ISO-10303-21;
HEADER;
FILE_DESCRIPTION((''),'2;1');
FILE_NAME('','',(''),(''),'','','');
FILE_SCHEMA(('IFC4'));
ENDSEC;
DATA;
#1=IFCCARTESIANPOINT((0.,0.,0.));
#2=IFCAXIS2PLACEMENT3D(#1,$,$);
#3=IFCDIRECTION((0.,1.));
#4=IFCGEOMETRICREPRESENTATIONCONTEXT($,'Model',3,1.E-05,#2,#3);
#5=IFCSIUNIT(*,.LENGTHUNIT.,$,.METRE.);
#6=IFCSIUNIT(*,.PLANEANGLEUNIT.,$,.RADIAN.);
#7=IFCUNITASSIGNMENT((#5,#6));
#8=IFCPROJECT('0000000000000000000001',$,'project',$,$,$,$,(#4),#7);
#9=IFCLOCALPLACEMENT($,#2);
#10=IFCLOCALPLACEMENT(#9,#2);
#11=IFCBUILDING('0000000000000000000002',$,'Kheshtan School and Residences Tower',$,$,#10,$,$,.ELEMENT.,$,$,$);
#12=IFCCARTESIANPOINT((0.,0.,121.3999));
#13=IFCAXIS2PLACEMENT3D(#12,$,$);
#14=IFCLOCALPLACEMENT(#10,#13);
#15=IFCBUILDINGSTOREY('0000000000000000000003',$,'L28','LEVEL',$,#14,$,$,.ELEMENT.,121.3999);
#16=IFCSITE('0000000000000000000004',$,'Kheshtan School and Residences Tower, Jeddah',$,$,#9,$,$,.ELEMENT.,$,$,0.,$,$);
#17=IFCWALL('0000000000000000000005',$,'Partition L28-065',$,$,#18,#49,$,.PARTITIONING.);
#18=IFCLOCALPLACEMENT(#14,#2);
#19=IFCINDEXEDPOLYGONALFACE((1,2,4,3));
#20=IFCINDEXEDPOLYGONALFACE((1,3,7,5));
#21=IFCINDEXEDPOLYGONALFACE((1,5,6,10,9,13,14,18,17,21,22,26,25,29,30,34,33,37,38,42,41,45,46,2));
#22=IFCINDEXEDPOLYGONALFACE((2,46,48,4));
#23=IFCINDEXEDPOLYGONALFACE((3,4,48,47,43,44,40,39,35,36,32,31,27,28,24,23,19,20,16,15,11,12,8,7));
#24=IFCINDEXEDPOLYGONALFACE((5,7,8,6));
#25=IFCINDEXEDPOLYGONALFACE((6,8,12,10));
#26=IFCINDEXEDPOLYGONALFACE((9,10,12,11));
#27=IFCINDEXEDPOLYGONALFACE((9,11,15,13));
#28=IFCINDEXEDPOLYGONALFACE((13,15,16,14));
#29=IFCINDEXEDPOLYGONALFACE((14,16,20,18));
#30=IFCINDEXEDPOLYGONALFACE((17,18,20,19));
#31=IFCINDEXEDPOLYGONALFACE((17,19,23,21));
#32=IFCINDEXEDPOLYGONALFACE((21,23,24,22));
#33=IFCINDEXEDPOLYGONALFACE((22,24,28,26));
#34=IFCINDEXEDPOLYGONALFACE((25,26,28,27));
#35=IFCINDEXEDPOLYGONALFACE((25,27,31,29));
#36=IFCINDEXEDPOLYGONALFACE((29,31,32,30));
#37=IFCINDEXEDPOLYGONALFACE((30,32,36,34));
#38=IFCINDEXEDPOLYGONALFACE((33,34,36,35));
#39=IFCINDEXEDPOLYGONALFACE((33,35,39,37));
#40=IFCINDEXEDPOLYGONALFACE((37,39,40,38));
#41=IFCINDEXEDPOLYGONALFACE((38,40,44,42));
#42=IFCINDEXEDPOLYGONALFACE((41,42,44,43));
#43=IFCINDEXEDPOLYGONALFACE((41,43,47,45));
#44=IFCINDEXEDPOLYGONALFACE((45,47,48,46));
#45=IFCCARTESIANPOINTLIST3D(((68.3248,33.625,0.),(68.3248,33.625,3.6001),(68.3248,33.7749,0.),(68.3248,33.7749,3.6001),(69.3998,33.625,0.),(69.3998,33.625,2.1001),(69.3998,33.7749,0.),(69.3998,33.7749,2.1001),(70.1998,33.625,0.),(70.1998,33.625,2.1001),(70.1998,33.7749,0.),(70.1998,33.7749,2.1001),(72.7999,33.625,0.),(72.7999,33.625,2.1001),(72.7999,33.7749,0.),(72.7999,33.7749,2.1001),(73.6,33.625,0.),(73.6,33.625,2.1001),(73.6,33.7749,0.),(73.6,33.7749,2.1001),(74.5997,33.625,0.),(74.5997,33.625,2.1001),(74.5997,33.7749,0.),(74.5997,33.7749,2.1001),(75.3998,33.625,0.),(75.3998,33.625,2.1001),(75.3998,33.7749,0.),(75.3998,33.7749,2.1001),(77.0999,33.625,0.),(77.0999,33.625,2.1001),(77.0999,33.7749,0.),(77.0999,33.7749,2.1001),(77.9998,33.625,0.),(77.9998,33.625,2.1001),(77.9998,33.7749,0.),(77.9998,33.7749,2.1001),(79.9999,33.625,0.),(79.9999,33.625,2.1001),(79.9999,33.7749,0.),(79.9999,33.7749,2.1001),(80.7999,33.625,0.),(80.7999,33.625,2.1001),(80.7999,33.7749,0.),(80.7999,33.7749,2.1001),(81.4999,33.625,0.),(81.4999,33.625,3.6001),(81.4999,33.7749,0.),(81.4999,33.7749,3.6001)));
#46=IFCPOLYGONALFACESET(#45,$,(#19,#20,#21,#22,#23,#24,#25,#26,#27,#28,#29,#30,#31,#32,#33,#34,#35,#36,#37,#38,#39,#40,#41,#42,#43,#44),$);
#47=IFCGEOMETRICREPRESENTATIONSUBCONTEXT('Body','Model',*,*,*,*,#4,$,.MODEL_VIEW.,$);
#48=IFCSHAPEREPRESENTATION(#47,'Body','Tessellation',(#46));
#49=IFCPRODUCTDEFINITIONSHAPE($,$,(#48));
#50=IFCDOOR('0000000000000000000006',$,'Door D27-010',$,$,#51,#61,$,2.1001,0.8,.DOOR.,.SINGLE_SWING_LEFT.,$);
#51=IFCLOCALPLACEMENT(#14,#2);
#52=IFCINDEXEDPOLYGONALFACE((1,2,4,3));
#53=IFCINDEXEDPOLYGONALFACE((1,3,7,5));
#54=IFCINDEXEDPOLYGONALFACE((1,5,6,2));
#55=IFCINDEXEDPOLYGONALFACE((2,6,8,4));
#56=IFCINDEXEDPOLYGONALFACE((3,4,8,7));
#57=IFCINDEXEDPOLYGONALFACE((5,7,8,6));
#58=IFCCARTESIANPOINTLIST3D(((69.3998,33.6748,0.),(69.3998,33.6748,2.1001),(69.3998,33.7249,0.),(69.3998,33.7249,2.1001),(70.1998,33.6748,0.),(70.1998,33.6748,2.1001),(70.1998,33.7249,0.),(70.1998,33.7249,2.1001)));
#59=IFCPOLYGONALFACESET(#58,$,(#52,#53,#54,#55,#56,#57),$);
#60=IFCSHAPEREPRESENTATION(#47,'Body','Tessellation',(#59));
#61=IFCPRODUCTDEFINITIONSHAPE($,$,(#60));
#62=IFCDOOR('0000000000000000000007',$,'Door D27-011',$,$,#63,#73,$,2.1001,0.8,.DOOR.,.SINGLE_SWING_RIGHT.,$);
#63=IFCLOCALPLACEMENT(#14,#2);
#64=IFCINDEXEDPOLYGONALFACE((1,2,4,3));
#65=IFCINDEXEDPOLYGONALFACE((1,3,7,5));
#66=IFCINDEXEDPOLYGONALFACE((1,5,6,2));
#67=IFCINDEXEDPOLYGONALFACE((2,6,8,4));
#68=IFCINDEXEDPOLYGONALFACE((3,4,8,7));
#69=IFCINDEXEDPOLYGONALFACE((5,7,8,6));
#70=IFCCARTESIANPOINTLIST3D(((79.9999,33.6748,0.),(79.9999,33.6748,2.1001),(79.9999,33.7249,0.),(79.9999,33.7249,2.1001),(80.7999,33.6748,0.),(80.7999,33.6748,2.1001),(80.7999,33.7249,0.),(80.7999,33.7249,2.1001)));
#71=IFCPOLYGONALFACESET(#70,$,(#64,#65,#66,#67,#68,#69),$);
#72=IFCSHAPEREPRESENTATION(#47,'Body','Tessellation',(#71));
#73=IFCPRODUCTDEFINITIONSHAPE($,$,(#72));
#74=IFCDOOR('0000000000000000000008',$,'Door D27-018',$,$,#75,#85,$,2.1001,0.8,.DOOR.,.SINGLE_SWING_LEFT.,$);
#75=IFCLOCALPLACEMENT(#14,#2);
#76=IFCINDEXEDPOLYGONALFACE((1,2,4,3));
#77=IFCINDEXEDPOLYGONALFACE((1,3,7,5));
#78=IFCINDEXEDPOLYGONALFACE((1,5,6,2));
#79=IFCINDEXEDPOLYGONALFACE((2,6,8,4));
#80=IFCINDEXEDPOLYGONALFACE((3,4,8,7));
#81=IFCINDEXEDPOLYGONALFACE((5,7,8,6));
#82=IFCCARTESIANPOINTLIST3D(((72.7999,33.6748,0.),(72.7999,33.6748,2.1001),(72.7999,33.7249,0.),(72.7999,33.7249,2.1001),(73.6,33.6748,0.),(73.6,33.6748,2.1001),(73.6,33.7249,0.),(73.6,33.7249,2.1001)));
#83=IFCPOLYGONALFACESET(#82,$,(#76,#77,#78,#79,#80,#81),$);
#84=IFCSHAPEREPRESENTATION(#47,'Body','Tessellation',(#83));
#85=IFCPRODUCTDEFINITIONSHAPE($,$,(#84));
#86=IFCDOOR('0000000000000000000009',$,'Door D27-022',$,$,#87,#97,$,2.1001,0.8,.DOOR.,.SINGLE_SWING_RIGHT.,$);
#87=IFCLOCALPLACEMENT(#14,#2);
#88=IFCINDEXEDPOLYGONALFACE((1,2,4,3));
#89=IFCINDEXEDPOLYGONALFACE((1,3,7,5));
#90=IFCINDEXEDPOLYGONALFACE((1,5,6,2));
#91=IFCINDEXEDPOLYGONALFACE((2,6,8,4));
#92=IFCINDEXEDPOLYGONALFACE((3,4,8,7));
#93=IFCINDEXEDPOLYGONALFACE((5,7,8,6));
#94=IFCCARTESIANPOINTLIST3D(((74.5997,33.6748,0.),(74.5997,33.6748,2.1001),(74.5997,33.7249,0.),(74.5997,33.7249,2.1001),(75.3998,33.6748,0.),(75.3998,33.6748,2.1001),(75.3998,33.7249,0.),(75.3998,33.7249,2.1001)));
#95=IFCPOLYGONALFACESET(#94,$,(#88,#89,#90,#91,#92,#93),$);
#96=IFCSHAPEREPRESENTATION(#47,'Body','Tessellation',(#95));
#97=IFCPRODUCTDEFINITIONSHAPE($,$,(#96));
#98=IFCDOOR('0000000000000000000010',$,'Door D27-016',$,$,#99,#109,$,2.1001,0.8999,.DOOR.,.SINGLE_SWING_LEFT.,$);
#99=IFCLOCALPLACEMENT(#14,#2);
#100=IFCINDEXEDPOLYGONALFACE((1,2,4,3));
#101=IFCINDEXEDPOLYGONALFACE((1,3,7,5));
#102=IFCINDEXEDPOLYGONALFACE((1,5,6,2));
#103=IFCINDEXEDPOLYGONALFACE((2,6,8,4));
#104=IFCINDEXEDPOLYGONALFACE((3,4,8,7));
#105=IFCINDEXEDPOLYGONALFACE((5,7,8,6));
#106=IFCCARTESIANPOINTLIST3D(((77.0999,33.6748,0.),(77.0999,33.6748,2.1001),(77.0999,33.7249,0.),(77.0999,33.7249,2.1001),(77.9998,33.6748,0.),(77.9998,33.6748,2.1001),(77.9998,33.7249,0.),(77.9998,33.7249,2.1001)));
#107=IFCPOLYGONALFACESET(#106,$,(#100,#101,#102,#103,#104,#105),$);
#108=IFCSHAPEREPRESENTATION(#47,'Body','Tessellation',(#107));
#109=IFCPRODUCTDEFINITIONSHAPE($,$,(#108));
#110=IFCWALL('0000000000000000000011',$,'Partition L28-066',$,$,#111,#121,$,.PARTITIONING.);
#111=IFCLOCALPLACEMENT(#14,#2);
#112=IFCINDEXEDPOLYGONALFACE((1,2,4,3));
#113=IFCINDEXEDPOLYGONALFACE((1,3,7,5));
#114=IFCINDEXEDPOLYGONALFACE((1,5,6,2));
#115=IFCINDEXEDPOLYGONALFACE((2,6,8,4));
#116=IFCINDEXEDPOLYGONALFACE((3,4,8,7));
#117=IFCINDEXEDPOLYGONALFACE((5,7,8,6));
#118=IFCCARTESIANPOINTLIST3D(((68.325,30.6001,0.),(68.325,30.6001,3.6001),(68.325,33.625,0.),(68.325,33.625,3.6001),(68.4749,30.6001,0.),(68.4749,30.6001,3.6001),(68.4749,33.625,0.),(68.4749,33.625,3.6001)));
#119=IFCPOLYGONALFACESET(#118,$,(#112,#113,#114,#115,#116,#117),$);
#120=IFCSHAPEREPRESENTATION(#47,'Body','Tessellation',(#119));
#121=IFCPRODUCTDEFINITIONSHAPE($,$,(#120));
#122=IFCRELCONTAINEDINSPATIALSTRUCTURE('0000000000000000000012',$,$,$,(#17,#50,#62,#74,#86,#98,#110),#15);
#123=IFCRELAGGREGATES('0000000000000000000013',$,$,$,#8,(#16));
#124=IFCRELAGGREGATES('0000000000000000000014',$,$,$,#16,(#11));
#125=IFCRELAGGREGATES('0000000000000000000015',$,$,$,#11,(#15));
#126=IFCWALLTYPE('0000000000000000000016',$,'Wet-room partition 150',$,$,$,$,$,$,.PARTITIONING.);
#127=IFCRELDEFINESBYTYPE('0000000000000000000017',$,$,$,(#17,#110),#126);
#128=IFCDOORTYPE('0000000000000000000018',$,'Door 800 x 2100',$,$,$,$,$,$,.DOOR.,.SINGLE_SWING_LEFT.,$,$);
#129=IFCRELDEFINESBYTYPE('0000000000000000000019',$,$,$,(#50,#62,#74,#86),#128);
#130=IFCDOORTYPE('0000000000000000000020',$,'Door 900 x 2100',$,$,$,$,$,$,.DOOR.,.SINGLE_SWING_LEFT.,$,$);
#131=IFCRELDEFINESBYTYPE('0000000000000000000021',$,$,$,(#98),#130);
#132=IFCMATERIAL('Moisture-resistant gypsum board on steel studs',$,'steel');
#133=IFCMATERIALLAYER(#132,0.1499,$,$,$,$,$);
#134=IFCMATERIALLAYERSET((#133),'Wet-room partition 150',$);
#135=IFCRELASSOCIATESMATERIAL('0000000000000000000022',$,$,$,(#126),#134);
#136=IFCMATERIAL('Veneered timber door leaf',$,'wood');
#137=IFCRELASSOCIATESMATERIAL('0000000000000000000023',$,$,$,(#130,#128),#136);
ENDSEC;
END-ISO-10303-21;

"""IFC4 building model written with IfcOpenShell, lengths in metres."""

from ifc_helpers import new_model, si_unit, direction, frame, frame_2d, origin, place, context, subcontext, project, spatial, rectangle, extrude, source, transform, mapped, material, layer, layer_set, type_object, element, fill, save


model = new_model("IFC4")

# Units and contexts
model_context = context("Model", 3, precision=1e-05, world=origin(), true_north=direction((0.0, 1.0)))
body_context = subcontext(model_context, "Body", "Model", "MODEL_VIEW")
ifc_project = project(units=[si_unit("LENGTHUNIT", "METRE"), si_unit("PLANEANGLEUNIT", "RADIAN")], contexts=[model_context])

# Site, building, storey
site_placement = place(None, origin())
site = spatial("IfcSite", under=ifc_project, at=site_placement, Name="Kheshtan School and Residences Tower, Jeddah", CompositionType="ELEMENT", RefElevation=0.0)
building_placement = place(site_placement, origin())
building = spatial("IfcBuilding", under=site, at=building_placement, Name="Kheshtan School and Residences Tower", CompositionType="ELEMENT")
storey_placement = place(building_placement, frame((0.0, 0.0, 121.3999)))
storey = spatial("IfcBuildingStorey", under=building, at=storey_placement, Name="L28", Description="LEVEL", CompositionType="ELEMENT", Elevation=121.3999)

# Shared definitions
ifc_material_1 = material(Name="Moisture-resistant gypsum board on steel studs", Category="steel")
ifc_layer_1 = layer(ifc_material_1, 0.1499)
ifc_layer_set_1 = layer_set([ifc_layer_1], Name="Wet-room partition 150")
wall_type_1 = type_object("IfcWallType", Name="Wet-room partition 150", PredefinedType="PARTITIONING", material=ifc_layer_set_1)

# Wall, openings, doors
ifc_material_2 = material(Name="Veneered timber door leaf", Category="wood")
door_type_1 = type_object("IfcDoorType", Name="Door 900 x 2100", OperationType="SINGLE_SWING_LEFT", PredefinedType="DOOR", material=ifc_material_2)
shared_shape_1 = source(origin(), body_context, "Body", "SweptSolid", [
    extrude(rectangle(XDim=0.8999, YDim=2.1001, at=frame_2d((0.45, 1.05))), frame((0.0, 0.0249, 0.0), z_axis=(0.0, -1.0, 0.0), x_axis=(1.0, 0.0, 0.0)), (0.0, 0.0, 1.0), 0.05),
])
wall_1_placement = place(storey_placement, frame((68.325, 33.7, 0.0), z_axis=(0.0, 0.0, 1.0), x_axis=(1.0, 0.0, 0.0)))
wall_1 = element("IfcWall", 1, at=wall_1_placement, inside=storey, type_object=wall_type_1, Name="Partition L28-065", PredefinedType="PARTITIONING", context=body_context, shape_type="SweptSolid", body=[
    extrude(rectangle(XDim=13.175, YDim=0.1499, at=frame_2d((6.5874, 0.0))), origin(), (0.0, 0.0, 1.0), 3.6001),
])
opening_1_placement = place(wall_1_placement, frame((1.075, 0.0, 0.0)))
opening_1 = element("IfcOpeningElement", 2, at=opening_1_placement, cuts=wall_1, PredefinedType="OPENING", context=body_context, shape_type="SweptSolid", body=[
    extrude(rectangle(XDim=0.8, YDim=2.1001, at=frame_2d((0.3999, 1.05))), frame((0.0, 0.085, 0.0), z_axis=(0.0, -1.0, 0.0), x_axis=(1.0, 0.0, 0.0)), (0.0, 0.0, 1.0), 0.1699),
])
opening_2_placement = place(wall_1_placement, frame((11.675, 0.0, 0.0)))
opening_2 = element("IfcOpeningElement", 3, at=opening_2_placement, cuts=wall_1, PredefinedType="OPENING", context=body_context, shape_type="SweptSolid", body=[
    extrude(rectangle(XDim=0.8, YDim=2.1001, at=frame_2d((0.3999, 1.05))), frame((0.0, 0.085, 0.0), z_axis=(0.0, -1.0, 0.0), x_axis=(1.0, 0.0, 0.0)), (0.0, 0.0, 1.0), 0.1699),
])
opening_3_placement = place(wall_1_placement, frame((8.7749, 0.0, 0.0)))
opening_3 = element("IfcOpeningElement", 4, at=opening_3_placement, cuts=wall_1, PredefinedType="OPENING", context=body_context, shape_type="SweptSolid", body=[
    extrude(rectangle(XDim=0.8999, YDim=2.1001, at=frame_2d((0.45, 1.05))), frame((0.0, 0.085, 0.0), z_axis=(0.0, -1.0, 0.0), x_axis=(1.0, 0.0, 0.0)), (0.0, 0.0, 1.0), 0.1699),
])
opening_4_placement = place(wall_1_placement, frame((4.4751, 0.0, 0.0)))
opening_4 = element("IfcOpeningElement", 5, at=opening_4_placement, cuts=wall_1, PredefinedType="OPENING", context=body_context, shape_type="SweptSolid", body=[
    extrude(rectangle(XDim=0.8, YDim=2.1001, at=frame_2d((0.3999, 1.05))), frame((0.0, 0.085, 0.0), z_axis=(0.0, -1.0, 0.0), x_axis=(1.0, 0.0, 0.0)), (0.0, 0.0, 1.0), 0.1699),
])
opening_5_placement = place(wall_1_placement, frame((6.2749, 0.0, 0.0)))
opening_5 = element("IfcOpeningElement", 6, at=opening_5_placement, cuts=wall_1, PredefinedType="OPENING", context=body_context, shape_type="SweptSolid", body=[
    extrude(rectangle(XDim=0.8, YDim=2.1001, at=frame_2d((0.3999, 1.05))), frame((0.0, 0.085, 0.0), z_axis=(0.0, -1.0, 0.0), x_axis=(1.0, 0.0, 0.0)), (0.0, 0.0, 1.0), 0.1699),
])
door_type_2 = type_object("IfcDoorType", Name="Door 800 x 2100", OperationType="SINGLE_SWING_LEFT", PredefinedType="DOOR", material=ifc_material_2)
shared_shape_2 = source(origin(), body_context, "Body", "SweptSolid", [
    extrude(rectangle(XDim=0.8, YDim=2.1001, at=frame_2d((0.3999, 1.05))), frame((0.0, 0.0249, 0.0), z_axis=(0.0, -1.0, 0.0), x_axis=(1.0, 0.0, 0.0)), (0.0, 0.0, 1.0), 0.05),
])
door_1_placement = place(opening_1_placement, origin())
door_1 = element("IfcDoor", 7, at=door_1_placement, inside=storey, type_object=door_type_2, Name="Door D27-010", OperationType="SINGLE_SWING_LEFT", OverallHeight=2.1001, OverallWidth=0.8, PredefinedType="DOOR", context=body_context, shape_type="MappedRepresentation", body=[
    mapped(shared_shape_2, transform((0.0, 0.0, 0.0), x_axis=(1.0, 0.0, 0.0), y_axis=(0.0, 1.0, 0.0), z_axis=(0.0, 0.0, 1.0), scale=1.0)),
])
fill(opening_1, door_1)
door_2_placement = place(opening_2_placement, origin())
door_2 = element("IfcDoor", 8, at=door_2_placement, inside=storey, type_object=door_type_2, Name="Door D27-011", OperationType="SINGLE_SWING_RIGHT", OverallHeight=2.1001, OverallWidth=0.8, PredefinedType="DOOR", context=body_context, shape_type="MappedRepresentation", body=[
    mapped(shared_shape_2, transform((0.0, 0.0, 0.0), x_axis=(1.0, 0.0, 0.0), y_axis=(0.0, 1.0, 0.0), z_axis=(0.0, 0.0, 1.0), scale=1.0)),
])
fill(opening_2, door_2)
door_3_placement = place(opening_4_placement, origin())
door_3 = element("IfcDoor", 9, at=door_3_placement, inside=storey, type_object=door_type_2, Name="Door D27-018", OperationType="SINGLE_SWING_LEFT", OverallHeight=2.1001, OverallWidth=0.8, PredefinedType="DOOR", context=body_context, shape_type="MappedRepresentation", body=[
    mapped(shared_shape_2, transform((0.0, 0.0, 0.0), x_axis=(1.0, 0.0, 0.0), y_axis=(0.0, 1.0, 0.0), z_axis=(0.0, 0.0, 1.0), scale=1.0)),
])
fill(opening_4, door_3)
door_4_placement = place(opening_5_placement, origin())
door_4 = element("IfcDoor", 10, at=door_4_placement, inside=storey, type_object=door_type_2, Name="Door D27-022", OperationType="SINGLE_SWING_RIGHT", OverallHeight=2.1001, OverallWidth=0.8, PredefinedType="DOOR", context=body_context, shape_type="MappedRepresentation", body=[
    mapped(shared_shape_2, transform((0.0, 0.0, 0.0), x_axis=(1.0, 0.0, 0.0), y_axis=(0.0, 1.0, 0.0), z_axis=(0.0, 0.0, 1.0), scale=1.0)),
])
fill(opening_5, door_4)
door_5_placement = place(opening_3_placement, origin())
door_5 = element("IfcDoor", 11, at=door_5_placement, inside=storey, type_object=door_type_1, Name="Door D27-016", OperationType="SINGLE_SWING_LEFT", OverallHeight=2.1001, OverallWidth=0.8999, PredefinedType="DOOR", context=body_context, shape_type="MappedRepresentation", body=[
    mapped(shared_shape_1, transform((0.0, 0.0, 0.0), x_axis=(1.0, 0.0, 0.0), y_axis=(0.0, 1.0, 0.0), z_axis=(0.0, 0.0, 1.0), scale=1.0)),
])
fill(opening_3, door_5)

# Wall
wall_2_placement = place(storey_placement, frame((68.3999, 30.6001, 0.0), z_axis=(0.0, 0.0, 1.0), x_axis=(0.0, 1.0, 0.0)))
element("IfcWall", 12, at=wall_2_placement, inside=storey, type_object=wall_type_1, Name="Partition L28-066", PredefinedType="PARTITIONING", context=body_context, shape_type="SweptSolid", body=[
    extrude(rectangle(XDim=3.0249, YDim=0.1499, at=frame_2d((1.5125, 0.0))), origin(), (0.0, 0.0, 1.0), 3.6001),
])

save(model, "model.ifc")
